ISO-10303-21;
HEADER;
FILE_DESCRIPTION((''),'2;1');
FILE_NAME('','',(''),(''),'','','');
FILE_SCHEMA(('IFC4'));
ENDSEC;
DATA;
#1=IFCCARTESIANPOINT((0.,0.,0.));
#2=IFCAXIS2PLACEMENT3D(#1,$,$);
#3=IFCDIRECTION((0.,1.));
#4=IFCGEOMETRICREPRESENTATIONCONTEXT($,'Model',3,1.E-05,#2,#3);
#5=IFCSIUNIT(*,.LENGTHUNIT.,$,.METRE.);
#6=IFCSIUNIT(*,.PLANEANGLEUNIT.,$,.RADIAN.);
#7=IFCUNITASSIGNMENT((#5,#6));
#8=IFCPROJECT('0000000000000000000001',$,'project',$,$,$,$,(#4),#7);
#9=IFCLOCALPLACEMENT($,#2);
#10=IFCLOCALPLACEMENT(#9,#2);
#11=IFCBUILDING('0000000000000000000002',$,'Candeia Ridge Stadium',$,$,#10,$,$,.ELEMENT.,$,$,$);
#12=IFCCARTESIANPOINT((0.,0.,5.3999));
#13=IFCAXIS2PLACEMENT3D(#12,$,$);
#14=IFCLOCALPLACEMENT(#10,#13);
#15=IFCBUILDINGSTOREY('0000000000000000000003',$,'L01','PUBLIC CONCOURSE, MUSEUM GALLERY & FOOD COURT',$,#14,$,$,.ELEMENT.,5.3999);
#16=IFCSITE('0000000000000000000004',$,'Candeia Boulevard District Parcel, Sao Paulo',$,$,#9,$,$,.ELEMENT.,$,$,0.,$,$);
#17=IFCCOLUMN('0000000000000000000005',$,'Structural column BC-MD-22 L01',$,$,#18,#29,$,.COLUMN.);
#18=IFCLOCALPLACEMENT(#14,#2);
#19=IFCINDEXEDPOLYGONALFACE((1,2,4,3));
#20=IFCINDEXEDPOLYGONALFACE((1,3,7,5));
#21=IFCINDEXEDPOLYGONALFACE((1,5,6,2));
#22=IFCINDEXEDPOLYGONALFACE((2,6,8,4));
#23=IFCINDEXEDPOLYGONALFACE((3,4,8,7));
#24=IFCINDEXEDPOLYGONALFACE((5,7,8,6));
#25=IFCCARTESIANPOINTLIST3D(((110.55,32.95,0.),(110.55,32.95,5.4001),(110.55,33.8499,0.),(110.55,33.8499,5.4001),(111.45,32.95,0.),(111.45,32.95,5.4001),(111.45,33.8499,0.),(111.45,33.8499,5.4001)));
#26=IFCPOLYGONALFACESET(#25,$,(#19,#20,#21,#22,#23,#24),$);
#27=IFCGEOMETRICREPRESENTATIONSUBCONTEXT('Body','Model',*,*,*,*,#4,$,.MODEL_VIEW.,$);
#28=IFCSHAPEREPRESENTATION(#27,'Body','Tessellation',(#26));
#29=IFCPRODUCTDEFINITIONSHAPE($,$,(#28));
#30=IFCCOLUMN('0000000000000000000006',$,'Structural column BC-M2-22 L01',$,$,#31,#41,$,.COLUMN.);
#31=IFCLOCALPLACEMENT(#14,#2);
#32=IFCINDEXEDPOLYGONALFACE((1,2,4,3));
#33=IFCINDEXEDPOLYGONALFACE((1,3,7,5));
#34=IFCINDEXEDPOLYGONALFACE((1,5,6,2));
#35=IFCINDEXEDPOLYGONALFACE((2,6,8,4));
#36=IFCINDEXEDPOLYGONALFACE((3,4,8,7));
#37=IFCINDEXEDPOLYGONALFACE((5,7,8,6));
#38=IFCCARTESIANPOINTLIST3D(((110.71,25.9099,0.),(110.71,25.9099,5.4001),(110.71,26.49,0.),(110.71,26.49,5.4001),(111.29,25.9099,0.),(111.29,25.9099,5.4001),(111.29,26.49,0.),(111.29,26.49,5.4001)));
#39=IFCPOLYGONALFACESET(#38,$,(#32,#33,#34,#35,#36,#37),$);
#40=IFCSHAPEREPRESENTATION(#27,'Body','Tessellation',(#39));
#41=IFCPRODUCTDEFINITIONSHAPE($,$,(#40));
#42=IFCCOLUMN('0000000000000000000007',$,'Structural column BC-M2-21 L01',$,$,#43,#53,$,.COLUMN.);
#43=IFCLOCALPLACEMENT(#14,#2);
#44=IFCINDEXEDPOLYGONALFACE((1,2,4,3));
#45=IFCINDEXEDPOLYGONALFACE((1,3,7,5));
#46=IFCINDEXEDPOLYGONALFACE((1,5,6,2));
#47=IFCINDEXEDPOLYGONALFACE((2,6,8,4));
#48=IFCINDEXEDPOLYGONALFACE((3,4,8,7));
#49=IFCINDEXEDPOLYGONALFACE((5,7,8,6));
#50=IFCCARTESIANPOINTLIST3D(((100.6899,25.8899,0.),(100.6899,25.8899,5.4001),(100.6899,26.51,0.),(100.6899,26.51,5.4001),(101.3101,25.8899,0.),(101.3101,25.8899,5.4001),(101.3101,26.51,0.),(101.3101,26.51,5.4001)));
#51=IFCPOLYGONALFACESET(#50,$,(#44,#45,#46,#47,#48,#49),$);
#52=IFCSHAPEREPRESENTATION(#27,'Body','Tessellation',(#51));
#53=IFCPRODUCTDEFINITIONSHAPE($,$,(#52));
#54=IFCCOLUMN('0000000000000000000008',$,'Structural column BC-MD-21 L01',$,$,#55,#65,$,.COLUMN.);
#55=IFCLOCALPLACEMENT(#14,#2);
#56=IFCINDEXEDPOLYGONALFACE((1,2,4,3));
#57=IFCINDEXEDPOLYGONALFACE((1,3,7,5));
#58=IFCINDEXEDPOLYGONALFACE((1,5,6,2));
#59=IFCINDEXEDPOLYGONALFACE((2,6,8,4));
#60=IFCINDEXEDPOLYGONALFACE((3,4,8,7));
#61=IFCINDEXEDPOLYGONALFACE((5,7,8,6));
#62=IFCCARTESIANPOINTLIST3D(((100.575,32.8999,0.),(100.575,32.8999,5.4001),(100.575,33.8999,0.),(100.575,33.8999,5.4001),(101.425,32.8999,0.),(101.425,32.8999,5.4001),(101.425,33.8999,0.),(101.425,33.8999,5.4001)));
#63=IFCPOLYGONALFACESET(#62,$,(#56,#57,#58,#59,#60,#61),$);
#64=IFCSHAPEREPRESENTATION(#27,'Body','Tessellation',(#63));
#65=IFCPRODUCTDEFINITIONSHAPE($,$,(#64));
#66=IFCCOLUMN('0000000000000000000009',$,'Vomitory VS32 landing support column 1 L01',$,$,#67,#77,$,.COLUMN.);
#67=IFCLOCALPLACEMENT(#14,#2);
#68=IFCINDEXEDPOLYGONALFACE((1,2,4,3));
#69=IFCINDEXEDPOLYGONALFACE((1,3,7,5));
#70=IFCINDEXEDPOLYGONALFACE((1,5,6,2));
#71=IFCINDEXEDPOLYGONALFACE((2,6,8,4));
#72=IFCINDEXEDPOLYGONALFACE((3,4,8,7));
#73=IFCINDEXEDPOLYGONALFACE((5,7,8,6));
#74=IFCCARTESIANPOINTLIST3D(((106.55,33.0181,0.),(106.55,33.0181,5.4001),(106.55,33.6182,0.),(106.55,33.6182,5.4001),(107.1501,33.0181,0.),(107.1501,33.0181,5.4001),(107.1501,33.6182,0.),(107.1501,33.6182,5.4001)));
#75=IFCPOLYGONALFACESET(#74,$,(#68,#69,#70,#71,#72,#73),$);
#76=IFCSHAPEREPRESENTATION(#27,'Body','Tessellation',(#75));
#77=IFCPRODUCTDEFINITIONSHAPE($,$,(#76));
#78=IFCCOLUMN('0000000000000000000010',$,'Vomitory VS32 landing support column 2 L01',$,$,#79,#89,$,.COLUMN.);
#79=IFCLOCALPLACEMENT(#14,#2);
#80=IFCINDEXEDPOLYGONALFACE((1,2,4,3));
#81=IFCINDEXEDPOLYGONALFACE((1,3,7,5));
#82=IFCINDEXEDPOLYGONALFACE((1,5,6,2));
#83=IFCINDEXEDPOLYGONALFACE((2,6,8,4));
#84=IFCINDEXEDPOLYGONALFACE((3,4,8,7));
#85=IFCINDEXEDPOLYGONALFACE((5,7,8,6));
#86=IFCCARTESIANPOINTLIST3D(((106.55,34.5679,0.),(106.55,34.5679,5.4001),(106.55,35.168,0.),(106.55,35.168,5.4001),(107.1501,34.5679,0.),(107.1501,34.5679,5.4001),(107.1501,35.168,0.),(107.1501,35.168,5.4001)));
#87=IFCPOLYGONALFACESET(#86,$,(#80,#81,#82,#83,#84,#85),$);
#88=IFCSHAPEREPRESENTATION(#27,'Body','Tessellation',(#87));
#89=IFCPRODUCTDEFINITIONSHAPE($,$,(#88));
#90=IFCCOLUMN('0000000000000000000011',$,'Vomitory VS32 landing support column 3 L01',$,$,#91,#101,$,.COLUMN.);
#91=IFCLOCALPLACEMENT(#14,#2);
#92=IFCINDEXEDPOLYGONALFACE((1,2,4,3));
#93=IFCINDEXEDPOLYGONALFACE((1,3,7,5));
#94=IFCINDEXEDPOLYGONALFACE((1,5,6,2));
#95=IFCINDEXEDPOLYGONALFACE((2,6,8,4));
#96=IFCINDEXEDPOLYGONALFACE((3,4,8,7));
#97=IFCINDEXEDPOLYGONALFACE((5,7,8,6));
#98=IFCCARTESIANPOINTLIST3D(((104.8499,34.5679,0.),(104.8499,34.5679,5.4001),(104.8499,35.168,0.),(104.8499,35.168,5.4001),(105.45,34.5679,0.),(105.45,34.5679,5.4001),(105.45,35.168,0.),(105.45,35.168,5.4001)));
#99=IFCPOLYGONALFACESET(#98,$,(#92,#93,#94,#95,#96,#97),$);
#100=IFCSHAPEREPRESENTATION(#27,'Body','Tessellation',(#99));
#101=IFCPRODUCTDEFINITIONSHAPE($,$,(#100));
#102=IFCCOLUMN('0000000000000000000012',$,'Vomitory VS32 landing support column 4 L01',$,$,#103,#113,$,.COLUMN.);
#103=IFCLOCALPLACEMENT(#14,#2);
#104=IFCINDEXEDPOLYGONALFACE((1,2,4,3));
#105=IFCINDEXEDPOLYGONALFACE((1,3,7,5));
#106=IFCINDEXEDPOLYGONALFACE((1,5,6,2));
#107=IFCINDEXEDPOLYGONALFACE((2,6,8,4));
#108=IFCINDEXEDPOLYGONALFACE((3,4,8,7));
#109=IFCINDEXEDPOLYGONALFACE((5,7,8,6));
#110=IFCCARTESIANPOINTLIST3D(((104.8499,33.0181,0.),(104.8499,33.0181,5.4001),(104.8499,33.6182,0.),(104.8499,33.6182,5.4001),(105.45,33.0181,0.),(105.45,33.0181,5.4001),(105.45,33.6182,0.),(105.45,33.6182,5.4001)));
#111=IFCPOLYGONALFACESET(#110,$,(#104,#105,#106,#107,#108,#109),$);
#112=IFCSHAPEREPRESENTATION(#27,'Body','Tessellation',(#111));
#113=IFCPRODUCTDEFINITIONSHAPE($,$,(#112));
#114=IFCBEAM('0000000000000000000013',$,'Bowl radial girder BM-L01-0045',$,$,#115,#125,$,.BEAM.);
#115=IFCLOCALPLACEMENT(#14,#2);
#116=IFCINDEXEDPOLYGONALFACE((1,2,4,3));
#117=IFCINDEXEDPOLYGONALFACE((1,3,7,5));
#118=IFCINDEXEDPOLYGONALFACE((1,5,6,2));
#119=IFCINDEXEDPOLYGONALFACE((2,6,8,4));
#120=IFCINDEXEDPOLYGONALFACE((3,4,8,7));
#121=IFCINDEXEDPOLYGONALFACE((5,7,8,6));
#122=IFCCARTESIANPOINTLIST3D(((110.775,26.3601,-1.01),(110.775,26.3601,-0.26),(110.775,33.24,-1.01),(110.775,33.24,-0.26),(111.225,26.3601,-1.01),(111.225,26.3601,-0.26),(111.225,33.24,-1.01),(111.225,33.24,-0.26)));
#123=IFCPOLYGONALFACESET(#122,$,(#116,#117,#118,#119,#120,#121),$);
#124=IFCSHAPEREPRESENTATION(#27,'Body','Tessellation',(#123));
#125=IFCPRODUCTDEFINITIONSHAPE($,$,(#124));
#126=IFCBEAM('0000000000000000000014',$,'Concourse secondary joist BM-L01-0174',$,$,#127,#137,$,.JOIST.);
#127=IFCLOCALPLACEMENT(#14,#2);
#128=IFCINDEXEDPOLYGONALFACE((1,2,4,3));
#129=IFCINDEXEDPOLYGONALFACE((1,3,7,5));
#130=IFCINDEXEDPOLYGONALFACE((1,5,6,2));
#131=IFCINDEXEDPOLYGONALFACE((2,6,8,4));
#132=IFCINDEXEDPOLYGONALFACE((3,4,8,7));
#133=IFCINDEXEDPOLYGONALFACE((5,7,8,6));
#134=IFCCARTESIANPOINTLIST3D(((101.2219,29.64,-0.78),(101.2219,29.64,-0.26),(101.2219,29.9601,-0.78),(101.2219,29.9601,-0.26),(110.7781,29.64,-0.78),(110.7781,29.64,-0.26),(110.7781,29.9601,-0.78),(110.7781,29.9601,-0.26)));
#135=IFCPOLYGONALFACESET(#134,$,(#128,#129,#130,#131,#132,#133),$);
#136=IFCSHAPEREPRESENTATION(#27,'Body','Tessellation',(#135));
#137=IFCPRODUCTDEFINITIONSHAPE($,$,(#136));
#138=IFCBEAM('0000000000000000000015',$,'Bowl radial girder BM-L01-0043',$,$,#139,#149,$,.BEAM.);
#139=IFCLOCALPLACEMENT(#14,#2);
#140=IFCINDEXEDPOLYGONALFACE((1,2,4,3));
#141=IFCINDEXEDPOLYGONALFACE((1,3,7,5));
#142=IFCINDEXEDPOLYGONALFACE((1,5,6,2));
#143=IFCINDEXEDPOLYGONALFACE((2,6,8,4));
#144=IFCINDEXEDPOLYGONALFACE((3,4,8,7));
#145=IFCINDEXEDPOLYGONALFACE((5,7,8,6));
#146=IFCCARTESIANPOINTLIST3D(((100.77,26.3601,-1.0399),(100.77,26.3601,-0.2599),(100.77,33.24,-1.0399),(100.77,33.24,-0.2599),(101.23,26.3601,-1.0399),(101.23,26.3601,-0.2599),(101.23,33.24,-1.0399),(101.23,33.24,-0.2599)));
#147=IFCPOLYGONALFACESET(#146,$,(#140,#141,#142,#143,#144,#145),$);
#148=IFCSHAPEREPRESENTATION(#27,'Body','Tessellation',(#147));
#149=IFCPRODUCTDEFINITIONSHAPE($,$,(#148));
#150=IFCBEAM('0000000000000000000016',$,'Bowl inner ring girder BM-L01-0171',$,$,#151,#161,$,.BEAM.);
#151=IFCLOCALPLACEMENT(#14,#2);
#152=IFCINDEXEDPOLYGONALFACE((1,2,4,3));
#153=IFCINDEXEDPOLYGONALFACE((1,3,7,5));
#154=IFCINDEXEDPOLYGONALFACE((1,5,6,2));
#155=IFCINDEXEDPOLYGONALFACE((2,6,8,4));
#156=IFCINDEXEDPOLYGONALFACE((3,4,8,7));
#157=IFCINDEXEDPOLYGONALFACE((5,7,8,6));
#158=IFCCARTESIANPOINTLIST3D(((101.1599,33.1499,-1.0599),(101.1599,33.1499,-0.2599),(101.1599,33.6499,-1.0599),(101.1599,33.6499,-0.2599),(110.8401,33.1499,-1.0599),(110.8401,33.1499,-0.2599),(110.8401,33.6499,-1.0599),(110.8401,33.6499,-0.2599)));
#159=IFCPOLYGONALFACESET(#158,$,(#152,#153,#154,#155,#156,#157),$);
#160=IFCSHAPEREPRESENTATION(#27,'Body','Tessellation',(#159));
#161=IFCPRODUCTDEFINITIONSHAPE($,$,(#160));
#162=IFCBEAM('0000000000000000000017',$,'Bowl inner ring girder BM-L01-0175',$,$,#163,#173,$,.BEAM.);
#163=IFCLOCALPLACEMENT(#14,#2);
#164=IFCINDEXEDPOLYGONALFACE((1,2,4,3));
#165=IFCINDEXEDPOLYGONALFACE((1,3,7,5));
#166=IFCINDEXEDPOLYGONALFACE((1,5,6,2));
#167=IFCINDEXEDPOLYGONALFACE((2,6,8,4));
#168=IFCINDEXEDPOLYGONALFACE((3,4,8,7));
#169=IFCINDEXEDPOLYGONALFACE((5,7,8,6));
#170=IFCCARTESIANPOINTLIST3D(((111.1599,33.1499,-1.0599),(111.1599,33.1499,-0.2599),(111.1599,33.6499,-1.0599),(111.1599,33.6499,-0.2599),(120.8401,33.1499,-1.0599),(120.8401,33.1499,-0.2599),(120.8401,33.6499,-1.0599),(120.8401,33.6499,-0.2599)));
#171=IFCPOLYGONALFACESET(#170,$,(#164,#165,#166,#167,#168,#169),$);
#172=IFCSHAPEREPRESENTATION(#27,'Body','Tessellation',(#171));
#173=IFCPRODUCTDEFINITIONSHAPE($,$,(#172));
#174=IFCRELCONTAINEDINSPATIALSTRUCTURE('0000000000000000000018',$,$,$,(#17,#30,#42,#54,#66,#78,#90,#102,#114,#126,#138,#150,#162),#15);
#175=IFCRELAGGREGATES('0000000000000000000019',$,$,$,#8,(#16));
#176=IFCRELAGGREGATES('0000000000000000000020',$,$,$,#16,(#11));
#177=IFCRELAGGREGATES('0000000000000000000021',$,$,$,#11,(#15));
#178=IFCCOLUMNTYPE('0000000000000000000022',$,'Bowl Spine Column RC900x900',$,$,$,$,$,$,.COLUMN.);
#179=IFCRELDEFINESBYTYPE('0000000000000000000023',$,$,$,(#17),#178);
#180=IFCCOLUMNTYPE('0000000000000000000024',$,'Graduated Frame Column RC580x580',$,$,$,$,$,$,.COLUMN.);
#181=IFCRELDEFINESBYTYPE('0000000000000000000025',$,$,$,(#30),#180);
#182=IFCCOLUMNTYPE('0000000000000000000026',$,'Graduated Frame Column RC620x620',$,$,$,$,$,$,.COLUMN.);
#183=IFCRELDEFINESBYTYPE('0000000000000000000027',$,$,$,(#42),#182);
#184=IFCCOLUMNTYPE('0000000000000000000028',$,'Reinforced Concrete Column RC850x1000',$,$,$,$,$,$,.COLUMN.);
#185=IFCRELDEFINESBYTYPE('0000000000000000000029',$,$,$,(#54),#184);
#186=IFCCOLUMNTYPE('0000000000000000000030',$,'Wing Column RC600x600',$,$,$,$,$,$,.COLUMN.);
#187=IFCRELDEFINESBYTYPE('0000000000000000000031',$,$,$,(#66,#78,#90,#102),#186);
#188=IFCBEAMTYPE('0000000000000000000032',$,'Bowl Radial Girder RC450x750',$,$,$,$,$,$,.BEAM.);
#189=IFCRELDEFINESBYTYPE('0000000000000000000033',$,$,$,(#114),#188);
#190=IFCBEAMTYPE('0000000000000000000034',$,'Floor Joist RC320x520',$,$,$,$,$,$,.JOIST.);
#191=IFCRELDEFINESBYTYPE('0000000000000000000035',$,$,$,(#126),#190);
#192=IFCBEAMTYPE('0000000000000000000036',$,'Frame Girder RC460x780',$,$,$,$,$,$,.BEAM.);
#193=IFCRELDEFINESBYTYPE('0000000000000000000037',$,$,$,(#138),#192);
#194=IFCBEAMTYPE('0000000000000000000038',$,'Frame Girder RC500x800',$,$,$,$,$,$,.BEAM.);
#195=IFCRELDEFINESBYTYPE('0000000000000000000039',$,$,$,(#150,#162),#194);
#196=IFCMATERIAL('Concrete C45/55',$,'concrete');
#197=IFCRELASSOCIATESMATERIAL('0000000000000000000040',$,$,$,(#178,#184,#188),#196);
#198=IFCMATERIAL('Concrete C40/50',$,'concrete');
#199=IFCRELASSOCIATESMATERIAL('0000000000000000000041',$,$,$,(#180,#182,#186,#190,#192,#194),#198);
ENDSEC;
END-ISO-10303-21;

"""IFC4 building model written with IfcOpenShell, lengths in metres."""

from ifc_helpers import new_model, si_unit, direction, frame, origin, origin_2d, place, context, subcontext, project, spatial, rectangle, extrude, material, material_profile, profile_set, type_object, element, save


model = new_model("IFC4")

# Units and contexts
model_context = context("Model", 3, precision=1e-05, world=origin(), true_north=direction((0.0, 1.0)))
body_context = subcontext(model_context, "Body", "Model", "MODEL_VIEW")
ifc_project = project(units=[si_unit("LENGTHUNIT", "METRE"), si_unit("PLANEANGLEUNIT", "RADIAN")], contexts=[model_context])

# Site, building, storey
site_placement = place(None, origin())
site = spatial("IfcSite", under=ifc_project, at=site_placement, Name="Candeia Boulevard District Parcel, Sao Paulo", CompositionType="ELEMENT", RefElevation=0.0)
building_placement = place(site_placement, origin())
building = spatial("IfcBuilding", under=site, at=building_placement, Name="Candeia Ridge Stadium", CompositionType="ELEMENT")
storey_placement = place(building_placement, frame((0.0, 0.0, 5.3999)))
storey = spatial("IfcBuildingStorey", under=building, at=storey_placement, Name="L01", Description="PUBLIC CONCOURSE, MUSEUM GALLERY & FOOD COURT", CompositionType="ELEMENT", Elevation=5.3999)

# Columns
ifc_material_1 = material(Name="Concrete C45/55", Category="concrete")
ifc_material_profile_1 = material_profile(ifc_material_1, rectangle(XDim=0.8999, YDim=0.8999, at=origin_2d()), Name="RC900x900", Category="concrete")
ifc_profile_set_1 = profile_set([ifc_material_profile_1], Name="Concrete C45/55")
column_type_1 = type_object("IfcColumnType", Name="Bowl Spine Column RC900x900", PredefinedType="COLUMN", material=ifc_profile_set_1)
column_1_placement = place(storey_placement, frame((111.0, 33.3999, 0.0), z_axis=(0.0, 0.0, 1.0), x_axis=(1.0, 0.0, 0.0)))
element("IfcColumn", 1, at=column_1_placement, inside=storey, type_object=column_type_1, Name="Structural column BC-MD-22 L01", PredefinedType="COLUMN", context=body_context, shape_type="SweptSolid", body=[
    extrude(rectangle(XDim=0.8999, YDim=0.8999, at=origin_2d()), origin(), (0.0, 0.0, 1.0), 5.4001),
])
ifc_material_2 = material(Name="Concrete C40/50", Category="concrete")
ifc_material_profile_2 = material_profile(ifc_material_2, rectangle(XDim=0.5801, YDim=0.5801, at=origin_2d()), Name="RC580x580", Category="concrete")
ifc_profile_set_2 = profile_set([ifc_material_profile_2], Name="Concrete C40/50")
column_type_2 = type_object("IfcColumnType", Name="Graduated Frame Column RC580x580", PredefinedType="COLUMN", material=ifc_profile_set_2)
column_2_placement = place(storey_placement, frame((111.0, 26.2, 0.0), z_axis=(0.0, 0.0, 1.0), x_axis=(1.0, 0.0, 0.0)))
element("IfcColumn", 2, at=column_2_placement, inside=storey, type_object=column_type_2, Name="Structural column BC-M2-22 L01", PredefinedType="COLUMN", context=body_context, shape_type="SweptSolid", body=[
    extrude(rectangle(XDim=0.5801, YDim=0.5801, at=origin_2d()), origin(), (0.0, 0.0, 1.0), 5.4001),
])
ifc_material_profile_3 = material_profile(ifc_material_2, rectangle(XDim=0.6201, YDim=0.6201, at=origin_2d()), Name="RC620x620", Category="concrete")
ifc_profile_set_3 = profile_set([ifc_material_profile_3], Name="Concrete C40/50")
column_type_3 = type_object("IfcColumnType", Name="Graduated Frame Column RC620x620", PredefinedType="COLUMN", material=ifc_profile_set_3)
column_3_placement = place(storey_placement, frame((101.0, 26.2, 0.0), z_axis=(0.0, 0.0, 1.0), x_axis=(1.0, 0.0, 0.0)))
element("IfcColumn", 3, at=column_3_placement, inside=storey, type_object=column_type_3, Name="Structural column BC-M2-21 L01", PredefinedType="COLUMN", context=body_context, shape_type="SweptSolid", body=[
    extrude(rectangle(XDim=0.6201, YDim=0.6201, at=origin_2d()), origin(), (0.0, 0.0, 1.0), 5.4001),
])
ifc_material_profile_4 = material_profile(ifc_material_1, rectangle(XDim=0.8501, YDim=1.0, at=origin_2d()), Name="RC850x1000", Category="concrete")
ifc_profile_set_4 = profile_set([ifc_material_profile_4], Name="Concrete C45/55")
column_type_4 = type_object("IfcColumnType", Name="Reinforced Concrete Column RC850x1000", PredefinedType="COLUMN", material=ifc_profile_set_4)
column_4_placement = place(storey_placement, frame((101.0, 33.3999, 0.0), z_axis=(0.0, 0.0, 1.0), x_axis=(1.0, 0.0, 0.0)))
element("IfcColumn", 4, at=column_4_placement, inside=storey, type_object=column_type_4, Name="Structural column BC-MD-21 L01", PredefinedType="COLUMN", context=body_context, shape_type="SweptSolid", body=[
    extrude(rectangle(XDim=0.8501, YDim=1.0, at=origin_2d()), origin(), (0.0, 0.0, 1.0), 5.4001),
])
ifc_material_profile_5 = material_profile(ifc_material_2, rectangle(XDim=0.6001, YDim=0.6001, at=origin_2d()), Name="RC600x600", Category="concrete")
ifc_profile_set_5 = profile_set([ifc_material_profile_5], Name="Concrete C40/50")
column_type_5 = type_object("IfcColumnType", Name="Wing Column RC600x600", PredefinedType="COLUMN", material=ifc_profile_set_5)
for number, where, z_axis, x_axis, name in (
    (5, (106.8501, 33.3181, 0.0), (0.0, 0.0, 1.0), (1.0, 0.0, 0.0), "Vomitory VS32 landing support column 1 L01"),
    (6, (106.8501, 34.8679, 0.0), (0.0, 0.0, 1.0), (1.0, 0.0, 0.0), "Vomitory VS32 landing support column 2 L01"),
    (7, (105.1499, 34.8679, 0.0), (0.0, 0.0, 1.0), (1.0, 0.0, 0.0), "Vomitory VS32 landing support column 3 L01"),
    (8, (105.1499, 33.3181, 0.0), (0.0, 0.0, 1.0), (1.0, 0.0, 0.0), "Vomitory VS32 landing support column 4 L01"),
):
    element("IfcColumn", number, at=place(storey_placement, frame(where, z_axis=z_axis, x_axis=x_axis)), inside=storey, type_object=column_type_5, Name=name, PredefinedType="COLUMN", context=body_context, shape_type="SweptSolid", body=[
        extrude(rectangle(XDim=0.6001, YDim=0.6001, at=origin_2d()), origin(), (0.0, 0.0, 1.0), 5.4001),
    ])

# Beams
ifc_material_profile_6 = material_profile(ifc_material_1, rectangle(XDim=0.45, YDim=0.75, at=origin_2d()), Name="RC450x750", Category="concrete")
ifc_profile_set_6 = profile_set([ifc_material_profile_6], Name="Concrete C45/55")
beam_type_1 = type_object("IfcBeamType", Name="Bowl Radial Girder RC450x750", PredefinedType="BEAM", material=ifc_profile_set_6)
beam_1_placement = place(storey_placement, frame((111.0, 33.24, -0.635), z_axis=(0.0, -1.0, 0.0), x_axis=(1.0, 0.0, 0.0)))
element("IfcBeam", 9, at=beam_1_placement, inside=storey, type_object=beam_type_1, Name="Bowl radial girder BM-L01-0045", PredefinedType="BEAM", context=body_context, shape_type="SweptSolid", body=[
    extrude(rectangle(XDim=0.45, YDim=0.75, at=origin_2d()), origin(), (0.0, 0.0, 1.0), 6.8799),
])
ifc_material_profile_7 = material_profile(ifc_material_2, rectangle(XDim=0.3201, YDim=0.52, at=origin_2d()), Name="RC320x520", Category="concrete")
ifc_profile_set_7 = profile_set([ifc_material_profile_7], Name="Concrete C40/50")
beam_type_2 = type_object("IfcBeamType", Name="Floor Joist RC320x520", PredefinedType="JOIST", material=ifc_profile_set_7)
beam_2_placement = place(storey_placement, frame((101.2219, 29.8, -0.52), z_axis=(1.0, 0.0, 0.0), x_axis=(0.0, 1.0, 0.0)))
element("IfcBeam", 10, at=beam_2_placement, inside=storey, type_object=beam_type_2, Name="Concourse secondary joist BM-L01-0174", PredefinedType="JOIST", context=body_context, shape_type="SweptSolid", body=[
    extrude(rectangle(XDim=0.3201, YDim=0.52, at=origin_2d()), origin(), (0.0, 0.0, 1.0), 9.5562),
])
ifc_material_profile_8 = material_profile(ifc_material_2, rectangle(XDim=0.46, YDim=0.78, at=origin_2d()), Name="RC460x780", Category="concrete")
ifc_profile_set_8 = profile_set([ifc_material_profile_8], Name="Concrete C40/50")
beam_type_3 = type_object("IfcBeamType", Name="Frame Girder RC460x780", PredefinedType="BEAM", material=ifc_profile_set_8)
beam_3_placement = place(storey_placement, frame((101.0, 33.24, -0.6499), z_axis=(0.0, -1.0, 0.0), x_axis=(1.0, 0.0, 0.0)))
element("IfcBeam", 11, at=beam_3_placement, inside=storey, type_object=beam_type_3, Name="Bowl radial girder BM-L01-0043", PredefinedType="BEAM", context=body_context, shape_type="SweptSolid", body=[
    extrude(rectangle(XDim=0.46, YDim=0.78, at=origin_2d()), origin(), (0.0, 0.0, 1.0), 6.8799),
])
ifc_material_profile_9 = material_profile(ifc_material_2, rectangle(XDim=0.5, YDim=0.8, at=origin_2d()), Name="RC500x800", Category="concrete")
ifc_profile_set_9 = profile_set([ifc_material_profile_9], Name="Concrete C40/50")
beam_type_4 = type_object("IfcBeamType", Name="Frame Girder RC500x800", PredefinedType="BEAM", material=ifc_profile_set_9)
for number, where, z_axis, x_axis, name in (
    (12, (101.1599, 33.3999, -0.6599), (1.0, 0.0, 0.0), (0.0, 1.0, 0.0), "Bowl inner ring girder BM-L01-0171"),
    (13, (111.1599, 33.3999, -0.6599), (1.0, 0.0, 0.0), (0.0, 1.0, 0.0), "Bowl inner ring girder BM-L01-0175"),
):
    element("IfcBeam", number, at=place(storey_placement, frame(where, z_axis=z_axis, x_axis=x_axis)), inside=storey, type_object=beam_type_4, Name=name, PredefinedType="BEAM", context=body_context, shape_type="SweptSolid", body=[
        extrude(rectangle(XDim=0.5, YDim=0.8, at=origin_2d()), origin(), (0.0, 0.0, 1.0), 9.6802),
    ])

save(model, "model.ifc")
